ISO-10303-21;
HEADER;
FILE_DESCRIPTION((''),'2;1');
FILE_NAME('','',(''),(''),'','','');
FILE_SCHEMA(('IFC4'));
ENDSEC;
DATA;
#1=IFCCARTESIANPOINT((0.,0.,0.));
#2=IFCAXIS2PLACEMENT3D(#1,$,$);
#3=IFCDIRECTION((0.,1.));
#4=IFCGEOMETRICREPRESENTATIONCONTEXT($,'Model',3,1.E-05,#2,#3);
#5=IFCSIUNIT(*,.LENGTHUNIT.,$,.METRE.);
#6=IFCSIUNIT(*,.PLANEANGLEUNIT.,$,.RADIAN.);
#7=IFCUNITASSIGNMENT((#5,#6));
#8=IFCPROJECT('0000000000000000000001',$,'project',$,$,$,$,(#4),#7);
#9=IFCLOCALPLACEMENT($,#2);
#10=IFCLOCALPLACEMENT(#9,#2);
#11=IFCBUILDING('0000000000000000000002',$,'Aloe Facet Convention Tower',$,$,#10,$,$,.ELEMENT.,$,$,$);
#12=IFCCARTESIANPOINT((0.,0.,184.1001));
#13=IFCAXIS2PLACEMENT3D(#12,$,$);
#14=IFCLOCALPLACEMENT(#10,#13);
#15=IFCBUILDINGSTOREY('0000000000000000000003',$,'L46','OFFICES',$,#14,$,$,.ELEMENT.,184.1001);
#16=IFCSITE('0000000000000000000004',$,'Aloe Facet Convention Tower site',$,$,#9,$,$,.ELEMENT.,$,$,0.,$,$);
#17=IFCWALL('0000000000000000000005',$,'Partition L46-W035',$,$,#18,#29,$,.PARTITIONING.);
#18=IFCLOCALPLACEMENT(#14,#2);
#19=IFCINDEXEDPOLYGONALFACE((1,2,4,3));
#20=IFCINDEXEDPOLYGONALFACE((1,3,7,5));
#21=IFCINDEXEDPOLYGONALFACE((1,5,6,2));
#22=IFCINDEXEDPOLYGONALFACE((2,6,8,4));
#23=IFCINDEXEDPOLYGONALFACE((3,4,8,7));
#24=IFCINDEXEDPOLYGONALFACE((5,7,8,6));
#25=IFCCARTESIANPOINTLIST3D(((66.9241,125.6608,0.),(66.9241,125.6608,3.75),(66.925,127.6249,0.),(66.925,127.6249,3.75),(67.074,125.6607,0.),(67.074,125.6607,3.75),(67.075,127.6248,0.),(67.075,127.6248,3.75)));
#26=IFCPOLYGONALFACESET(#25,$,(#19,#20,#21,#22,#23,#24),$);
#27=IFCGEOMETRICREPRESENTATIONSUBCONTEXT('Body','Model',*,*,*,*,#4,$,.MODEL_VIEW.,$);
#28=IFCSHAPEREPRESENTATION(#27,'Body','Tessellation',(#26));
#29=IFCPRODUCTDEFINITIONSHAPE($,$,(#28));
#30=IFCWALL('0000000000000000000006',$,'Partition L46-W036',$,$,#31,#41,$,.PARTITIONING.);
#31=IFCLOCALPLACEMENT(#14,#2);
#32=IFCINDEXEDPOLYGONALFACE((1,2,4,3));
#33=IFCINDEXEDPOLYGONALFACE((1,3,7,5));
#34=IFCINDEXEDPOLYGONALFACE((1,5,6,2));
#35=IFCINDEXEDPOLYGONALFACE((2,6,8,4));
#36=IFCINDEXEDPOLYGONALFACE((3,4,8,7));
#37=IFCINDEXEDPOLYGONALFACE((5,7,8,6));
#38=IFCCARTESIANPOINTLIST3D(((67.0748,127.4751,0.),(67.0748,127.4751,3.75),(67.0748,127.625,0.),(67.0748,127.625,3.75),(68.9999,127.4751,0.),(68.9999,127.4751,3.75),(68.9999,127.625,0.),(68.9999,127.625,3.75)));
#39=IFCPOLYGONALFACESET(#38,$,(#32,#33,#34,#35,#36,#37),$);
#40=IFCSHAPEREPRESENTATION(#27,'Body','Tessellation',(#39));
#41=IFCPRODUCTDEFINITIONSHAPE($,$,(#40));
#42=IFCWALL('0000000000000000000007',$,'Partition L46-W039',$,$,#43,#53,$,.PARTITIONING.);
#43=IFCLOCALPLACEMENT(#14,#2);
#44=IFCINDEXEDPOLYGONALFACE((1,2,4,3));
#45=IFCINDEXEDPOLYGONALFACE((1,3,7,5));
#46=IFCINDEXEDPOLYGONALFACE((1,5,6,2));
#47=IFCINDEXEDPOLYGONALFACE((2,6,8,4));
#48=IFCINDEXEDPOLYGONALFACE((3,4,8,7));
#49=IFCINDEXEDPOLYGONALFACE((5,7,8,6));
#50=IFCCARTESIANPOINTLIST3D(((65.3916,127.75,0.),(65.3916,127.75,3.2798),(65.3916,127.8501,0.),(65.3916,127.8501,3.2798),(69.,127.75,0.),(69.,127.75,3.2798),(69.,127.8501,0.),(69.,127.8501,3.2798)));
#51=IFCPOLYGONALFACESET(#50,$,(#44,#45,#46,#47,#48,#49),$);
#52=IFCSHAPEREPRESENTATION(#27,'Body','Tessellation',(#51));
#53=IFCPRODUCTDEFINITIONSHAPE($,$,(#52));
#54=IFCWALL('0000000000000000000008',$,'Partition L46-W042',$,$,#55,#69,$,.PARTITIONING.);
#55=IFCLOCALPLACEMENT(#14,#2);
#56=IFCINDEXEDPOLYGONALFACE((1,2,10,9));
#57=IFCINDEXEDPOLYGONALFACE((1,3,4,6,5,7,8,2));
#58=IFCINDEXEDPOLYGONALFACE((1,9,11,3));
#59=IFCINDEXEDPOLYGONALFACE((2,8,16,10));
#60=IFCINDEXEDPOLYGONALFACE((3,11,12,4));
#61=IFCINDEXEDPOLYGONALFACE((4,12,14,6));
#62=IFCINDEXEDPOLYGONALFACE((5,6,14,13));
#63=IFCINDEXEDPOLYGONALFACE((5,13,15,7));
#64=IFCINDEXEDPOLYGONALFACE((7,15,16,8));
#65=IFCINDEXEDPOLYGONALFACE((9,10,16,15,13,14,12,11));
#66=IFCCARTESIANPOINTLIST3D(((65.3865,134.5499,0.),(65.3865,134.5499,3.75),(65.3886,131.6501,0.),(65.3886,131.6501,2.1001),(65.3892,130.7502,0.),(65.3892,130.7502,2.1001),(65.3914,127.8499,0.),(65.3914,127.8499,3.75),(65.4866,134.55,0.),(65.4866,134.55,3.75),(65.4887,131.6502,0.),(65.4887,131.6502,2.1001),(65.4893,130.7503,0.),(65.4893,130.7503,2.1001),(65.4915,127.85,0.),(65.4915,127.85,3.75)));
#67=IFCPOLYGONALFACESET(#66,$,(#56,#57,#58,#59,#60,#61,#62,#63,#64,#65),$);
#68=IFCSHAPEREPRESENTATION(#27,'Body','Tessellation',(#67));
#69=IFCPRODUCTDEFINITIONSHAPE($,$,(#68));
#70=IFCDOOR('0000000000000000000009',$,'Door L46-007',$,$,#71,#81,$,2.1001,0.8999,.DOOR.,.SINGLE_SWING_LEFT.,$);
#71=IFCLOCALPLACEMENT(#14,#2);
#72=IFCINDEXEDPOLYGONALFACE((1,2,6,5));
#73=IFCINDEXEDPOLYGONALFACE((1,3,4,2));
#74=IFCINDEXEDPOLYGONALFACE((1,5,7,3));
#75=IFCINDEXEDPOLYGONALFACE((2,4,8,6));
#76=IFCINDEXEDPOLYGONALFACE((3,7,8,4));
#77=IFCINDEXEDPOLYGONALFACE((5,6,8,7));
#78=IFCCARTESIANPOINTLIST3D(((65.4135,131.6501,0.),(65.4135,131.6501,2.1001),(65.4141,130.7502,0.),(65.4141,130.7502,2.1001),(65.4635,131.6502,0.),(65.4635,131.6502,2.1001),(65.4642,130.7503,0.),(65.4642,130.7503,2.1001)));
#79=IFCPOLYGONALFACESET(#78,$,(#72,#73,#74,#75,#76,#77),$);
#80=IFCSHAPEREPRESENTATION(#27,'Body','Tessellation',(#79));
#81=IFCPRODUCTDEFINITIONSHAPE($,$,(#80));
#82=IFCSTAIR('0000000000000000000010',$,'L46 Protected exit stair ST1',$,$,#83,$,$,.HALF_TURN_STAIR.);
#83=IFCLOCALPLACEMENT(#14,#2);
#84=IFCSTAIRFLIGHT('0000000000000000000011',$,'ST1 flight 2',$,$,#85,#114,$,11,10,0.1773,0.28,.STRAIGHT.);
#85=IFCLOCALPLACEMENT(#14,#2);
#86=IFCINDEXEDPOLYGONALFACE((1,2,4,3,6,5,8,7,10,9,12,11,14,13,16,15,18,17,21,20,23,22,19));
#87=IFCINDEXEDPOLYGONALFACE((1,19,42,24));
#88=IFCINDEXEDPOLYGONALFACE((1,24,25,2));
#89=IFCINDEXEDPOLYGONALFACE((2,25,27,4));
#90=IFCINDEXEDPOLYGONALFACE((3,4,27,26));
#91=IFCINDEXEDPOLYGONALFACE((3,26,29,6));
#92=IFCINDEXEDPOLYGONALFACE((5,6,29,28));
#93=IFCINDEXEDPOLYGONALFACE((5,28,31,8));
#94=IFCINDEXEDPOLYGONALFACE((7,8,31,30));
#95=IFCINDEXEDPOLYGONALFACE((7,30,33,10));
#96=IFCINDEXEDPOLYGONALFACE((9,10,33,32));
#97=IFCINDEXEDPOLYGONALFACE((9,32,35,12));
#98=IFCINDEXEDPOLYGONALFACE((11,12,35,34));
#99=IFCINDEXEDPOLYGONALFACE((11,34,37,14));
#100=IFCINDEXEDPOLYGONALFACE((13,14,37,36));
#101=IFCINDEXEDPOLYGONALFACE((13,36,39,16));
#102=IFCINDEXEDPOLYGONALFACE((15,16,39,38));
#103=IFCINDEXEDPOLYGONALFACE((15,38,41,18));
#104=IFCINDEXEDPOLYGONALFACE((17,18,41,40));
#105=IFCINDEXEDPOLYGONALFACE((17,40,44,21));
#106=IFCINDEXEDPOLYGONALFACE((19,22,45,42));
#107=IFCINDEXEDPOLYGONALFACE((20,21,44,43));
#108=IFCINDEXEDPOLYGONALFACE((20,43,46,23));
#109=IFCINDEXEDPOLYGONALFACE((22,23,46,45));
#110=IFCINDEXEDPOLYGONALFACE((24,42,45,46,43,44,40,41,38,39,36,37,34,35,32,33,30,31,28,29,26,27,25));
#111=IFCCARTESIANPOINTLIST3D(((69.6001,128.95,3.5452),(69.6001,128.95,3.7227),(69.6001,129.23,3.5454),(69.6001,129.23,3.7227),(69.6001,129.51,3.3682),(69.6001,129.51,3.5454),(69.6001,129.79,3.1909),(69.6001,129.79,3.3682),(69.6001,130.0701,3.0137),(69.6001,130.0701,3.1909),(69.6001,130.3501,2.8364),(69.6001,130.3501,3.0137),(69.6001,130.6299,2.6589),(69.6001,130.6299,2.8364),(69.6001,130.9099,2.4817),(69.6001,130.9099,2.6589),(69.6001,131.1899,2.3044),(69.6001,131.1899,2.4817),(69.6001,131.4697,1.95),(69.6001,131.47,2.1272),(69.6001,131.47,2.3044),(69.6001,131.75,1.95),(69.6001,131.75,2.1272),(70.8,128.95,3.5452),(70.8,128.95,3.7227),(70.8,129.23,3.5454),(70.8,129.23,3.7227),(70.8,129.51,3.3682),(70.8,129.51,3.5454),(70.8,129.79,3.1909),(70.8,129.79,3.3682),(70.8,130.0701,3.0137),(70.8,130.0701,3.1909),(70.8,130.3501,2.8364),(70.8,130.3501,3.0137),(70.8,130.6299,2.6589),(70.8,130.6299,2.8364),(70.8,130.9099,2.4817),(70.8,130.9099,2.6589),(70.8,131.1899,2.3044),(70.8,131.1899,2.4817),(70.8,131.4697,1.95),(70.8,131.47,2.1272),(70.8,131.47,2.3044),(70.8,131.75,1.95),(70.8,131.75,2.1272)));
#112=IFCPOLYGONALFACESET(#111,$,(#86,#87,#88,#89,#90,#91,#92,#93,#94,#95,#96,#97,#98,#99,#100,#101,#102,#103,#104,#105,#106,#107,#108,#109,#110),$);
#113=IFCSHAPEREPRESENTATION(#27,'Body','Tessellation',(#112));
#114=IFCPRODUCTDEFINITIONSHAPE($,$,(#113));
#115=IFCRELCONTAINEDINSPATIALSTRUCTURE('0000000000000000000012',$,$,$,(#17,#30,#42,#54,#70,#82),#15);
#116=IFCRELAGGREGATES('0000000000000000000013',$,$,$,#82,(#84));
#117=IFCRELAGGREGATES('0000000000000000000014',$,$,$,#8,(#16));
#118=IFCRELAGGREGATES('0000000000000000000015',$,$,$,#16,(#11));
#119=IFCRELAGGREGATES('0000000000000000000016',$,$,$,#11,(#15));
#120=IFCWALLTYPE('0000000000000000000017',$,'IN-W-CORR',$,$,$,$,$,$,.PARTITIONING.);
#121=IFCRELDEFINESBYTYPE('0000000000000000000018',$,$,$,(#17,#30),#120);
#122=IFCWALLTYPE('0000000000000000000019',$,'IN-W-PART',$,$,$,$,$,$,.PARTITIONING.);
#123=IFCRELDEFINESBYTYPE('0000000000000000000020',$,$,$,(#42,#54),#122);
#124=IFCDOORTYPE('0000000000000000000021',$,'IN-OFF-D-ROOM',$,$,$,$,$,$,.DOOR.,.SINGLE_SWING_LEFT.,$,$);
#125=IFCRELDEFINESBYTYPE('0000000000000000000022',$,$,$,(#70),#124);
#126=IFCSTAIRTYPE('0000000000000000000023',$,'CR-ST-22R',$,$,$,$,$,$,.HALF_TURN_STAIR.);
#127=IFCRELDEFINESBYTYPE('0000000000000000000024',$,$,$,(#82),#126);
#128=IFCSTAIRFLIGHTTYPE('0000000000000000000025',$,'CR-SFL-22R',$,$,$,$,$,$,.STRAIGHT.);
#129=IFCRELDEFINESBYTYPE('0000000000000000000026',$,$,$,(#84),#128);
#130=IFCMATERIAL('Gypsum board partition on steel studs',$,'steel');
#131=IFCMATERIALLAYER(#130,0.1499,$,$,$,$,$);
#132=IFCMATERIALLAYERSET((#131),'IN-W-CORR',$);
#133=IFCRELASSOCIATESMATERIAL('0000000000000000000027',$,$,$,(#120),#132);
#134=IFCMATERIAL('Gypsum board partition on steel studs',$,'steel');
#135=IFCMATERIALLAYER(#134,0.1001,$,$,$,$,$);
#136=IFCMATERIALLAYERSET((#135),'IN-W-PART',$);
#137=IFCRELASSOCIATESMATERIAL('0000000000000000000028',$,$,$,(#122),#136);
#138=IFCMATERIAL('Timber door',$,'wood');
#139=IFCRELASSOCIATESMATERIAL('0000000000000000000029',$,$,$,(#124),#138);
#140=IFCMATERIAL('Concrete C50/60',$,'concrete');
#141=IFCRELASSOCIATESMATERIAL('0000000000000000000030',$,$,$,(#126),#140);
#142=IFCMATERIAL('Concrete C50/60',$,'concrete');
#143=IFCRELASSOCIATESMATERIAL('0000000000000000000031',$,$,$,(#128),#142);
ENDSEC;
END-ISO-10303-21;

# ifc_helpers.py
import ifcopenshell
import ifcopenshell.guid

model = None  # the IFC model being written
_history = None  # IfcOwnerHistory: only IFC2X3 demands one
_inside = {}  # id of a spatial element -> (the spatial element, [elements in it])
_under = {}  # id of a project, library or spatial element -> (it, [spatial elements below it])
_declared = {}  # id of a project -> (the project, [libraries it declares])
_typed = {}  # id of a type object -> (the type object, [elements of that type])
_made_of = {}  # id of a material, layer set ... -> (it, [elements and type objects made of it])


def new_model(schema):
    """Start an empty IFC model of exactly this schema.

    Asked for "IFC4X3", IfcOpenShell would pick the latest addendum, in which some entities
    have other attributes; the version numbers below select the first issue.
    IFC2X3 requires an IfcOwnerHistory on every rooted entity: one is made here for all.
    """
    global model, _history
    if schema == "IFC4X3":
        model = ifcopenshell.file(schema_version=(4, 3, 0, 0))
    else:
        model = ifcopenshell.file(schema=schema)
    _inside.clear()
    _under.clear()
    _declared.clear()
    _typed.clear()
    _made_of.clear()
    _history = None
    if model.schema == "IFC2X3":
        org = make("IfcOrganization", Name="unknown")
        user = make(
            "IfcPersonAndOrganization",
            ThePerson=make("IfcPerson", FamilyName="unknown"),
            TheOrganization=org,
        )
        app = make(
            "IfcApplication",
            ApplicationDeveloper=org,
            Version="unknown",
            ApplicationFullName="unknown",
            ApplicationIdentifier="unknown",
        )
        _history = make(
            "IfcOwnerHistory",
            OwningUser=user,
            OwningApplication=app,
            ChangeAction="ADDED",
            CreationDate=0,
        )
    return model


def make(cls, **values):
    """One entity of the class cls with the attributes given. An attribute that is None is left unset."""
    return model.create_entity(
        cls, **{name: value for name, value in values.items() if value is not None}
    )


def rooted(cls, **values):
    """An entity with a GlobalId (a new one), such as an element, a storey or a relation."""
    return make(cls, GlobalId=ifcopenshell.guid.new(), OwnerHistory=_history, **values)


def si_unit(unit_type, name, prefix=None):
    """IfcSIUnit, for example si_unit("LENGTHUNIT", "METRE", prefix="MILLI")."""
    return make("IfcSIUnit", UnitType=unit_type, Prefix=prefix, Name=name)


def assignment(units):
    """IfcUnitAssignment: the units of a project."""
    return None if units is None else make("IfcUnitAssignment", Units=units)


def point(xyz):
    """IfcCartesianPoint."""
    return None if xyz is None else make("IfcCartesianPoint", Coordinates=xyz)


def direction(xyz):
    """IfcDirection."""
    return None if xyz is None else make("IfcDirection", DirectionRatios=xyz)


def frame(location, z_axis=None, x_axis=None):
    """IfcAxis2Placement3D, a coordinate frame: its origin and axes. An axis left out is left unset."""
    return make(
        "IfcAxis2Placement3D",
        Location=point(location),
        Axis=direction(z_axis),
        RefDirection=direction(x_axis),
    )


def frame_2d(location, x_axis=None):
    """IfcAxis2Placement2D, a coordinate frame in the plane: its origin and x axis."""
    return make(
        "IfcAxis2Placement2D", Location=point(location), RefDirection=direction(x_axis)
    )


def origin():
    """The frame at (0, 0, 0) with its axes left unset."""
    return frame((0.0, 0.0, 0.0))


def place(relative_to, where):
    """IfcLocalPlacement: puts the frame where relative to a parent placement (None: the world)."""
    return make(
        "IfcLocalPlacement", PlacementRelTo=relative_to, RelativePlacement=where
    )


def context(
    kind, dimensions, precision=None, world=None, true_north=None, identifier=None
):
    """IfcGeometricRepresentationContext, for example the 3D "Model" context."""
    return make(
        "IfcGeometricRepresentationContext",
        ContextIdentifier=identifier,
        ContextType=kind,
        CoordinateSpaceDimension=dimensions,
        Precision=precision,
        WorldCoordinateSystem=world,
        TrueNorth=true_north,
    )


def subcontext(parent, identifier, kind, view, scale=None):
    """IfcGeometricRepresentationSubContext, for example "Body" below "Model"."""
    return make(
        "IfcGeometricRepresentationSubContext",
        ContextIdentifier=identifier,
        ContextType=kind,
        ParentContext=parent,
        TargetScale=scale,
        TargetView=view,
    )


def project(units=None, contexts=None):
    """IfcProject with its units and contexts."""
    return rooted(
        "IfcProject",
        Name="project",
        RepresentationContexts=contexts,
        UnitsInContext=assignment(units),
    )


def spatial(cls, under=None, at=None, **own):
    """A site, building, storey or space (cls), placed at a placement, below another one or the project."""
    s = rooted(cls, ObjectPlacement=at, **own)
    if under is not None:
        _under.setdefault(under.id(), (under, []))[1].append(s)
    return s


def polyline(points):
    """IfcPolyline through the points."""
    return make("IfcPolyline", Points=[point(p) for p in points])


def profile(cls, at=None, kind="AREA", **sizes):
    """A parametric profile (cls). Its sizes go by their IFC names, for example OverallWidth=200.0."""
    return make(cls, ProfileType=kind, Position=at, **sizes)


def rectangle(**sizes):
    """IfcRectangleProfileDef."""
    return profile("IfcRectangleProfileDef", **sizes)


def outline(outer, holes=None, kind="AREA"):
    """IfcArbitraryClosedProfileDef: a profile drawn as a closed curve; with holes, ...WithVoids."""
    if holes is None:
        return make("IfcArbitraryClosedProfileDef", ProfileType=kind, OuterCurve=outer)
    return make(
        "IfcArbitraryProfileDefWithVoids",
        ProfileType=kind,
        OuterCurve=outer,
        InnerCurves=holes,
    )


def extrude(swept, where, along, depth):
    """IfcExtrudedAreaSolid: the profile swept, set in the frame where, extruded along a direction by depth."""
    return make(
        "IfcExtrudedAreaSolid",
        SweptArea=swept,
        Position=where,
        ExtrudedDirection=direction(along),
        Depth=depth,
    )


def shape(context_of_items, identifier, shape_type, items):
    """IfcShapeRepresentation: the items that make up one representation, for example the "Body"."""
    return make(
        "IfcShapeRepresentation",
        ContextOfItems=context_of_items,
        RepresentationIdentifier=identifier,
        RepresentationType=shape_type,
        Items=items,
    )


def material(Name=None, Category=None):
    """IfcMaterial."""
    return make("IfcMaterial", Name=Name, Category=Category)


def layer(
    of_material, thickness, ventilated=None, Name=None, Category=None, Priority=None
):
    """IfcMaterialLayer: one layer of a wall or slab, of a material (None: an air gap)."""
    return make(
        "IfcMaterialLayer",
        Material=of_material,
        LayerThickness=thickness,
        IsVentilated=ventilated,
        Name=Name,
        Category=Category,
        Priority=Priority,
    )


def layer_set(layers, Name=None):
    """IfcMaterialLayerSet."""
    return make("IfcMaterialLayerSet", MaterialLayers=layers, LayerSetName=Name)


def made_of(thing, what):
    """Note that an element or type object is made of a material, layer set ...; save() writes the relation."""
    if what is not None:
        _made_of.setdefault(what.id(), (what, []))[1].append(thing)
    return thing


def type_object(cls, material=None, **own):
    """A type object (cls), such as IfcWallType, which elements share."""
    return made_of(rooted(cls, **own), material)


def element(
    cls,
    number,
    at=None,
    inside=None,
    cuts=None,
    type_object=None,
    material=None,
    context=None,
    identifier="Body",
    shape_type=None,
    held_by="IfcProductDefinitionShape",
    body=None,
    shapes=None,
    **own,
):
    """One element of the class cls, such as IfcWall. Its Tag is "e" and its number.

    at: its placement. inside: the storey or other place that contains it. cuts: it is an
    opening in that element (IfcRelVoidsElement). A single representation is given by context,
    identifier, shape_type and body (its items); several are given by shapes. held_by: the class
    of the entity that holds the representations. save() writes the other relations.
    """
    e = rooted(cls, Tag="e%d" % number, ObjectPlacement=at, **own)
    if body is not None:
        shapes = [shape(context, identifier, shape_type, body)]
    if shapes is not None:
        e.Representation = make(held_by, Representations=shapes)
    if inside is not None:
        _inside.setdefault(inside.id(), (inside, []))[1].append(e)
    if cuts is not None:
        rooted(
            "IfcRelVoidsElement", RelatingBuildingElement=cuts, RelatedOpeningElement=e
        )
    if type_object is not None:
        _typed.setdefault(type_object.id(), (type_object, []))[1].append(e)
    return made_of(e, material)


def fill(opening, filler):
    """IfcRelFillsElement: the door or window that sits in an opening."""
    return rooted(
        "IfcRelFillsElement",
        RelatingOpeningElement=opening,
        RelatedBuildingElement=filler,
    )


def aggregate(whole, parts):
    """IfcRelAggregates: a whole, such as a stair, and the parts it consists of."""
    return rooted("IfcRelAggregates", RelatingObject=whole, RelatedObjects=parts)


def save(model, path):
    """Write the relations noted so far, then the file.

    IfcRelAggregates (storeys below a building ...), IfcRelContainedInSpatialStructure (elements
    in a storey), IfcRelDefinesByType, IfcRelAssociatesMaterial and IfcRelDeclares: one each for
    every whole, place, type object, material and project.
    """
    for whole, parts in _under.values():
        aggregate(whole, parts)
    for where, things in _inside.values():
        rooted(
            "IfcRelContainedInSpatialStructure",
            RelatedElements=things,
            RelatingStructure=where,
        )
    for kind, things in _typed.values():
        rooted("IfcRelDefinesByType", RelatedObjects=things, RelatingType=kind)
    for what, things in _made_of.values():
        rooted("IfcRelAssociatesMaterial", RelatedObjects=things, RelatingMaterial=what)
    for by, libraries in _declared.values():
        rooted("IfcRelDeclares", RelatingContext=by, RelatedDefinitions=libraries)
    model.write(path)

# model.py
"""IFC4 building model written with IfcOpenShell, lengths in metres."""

from ifc_helpers import new_model, si_unit, direction, frame, frame_2d, origin, place, context, subcontext, project, spatial, polyline, rectangle, outline, extrude, material, layer, layer_set, type_object, element, fill, aggregate, save


model = new_model("IFC4")

# Units and contexts
model_context = context("Model", 3, precision=1e-05, world=origin(), true_north=direction((0.0, 1.0)))
body_context = subcontext(model_context, "Body", "Model", "MODEL_VIEW")
ifc_project = project(units=[si_unit("LENGTHUNIT", "METRE"), si_unit("PLANEANGLEUNIT", "RADIAN")], contexts=[model_context])

# Site, building, storey
site_placement = place(None, origin())
site = spatial("IfcSite", under=ifc_project, at=site_placement, Name="Aloe Facet Convention Tower site", CompositionType="ELEMENT", RefElevation=0.0)
building_placement = place(site_placement, origin())
building = spatial("IfcBuilding", under=site, at=building_placement, Name="Aloe Facet Convention Tower", CompositionType="ELEMENT")
storey_placement = place(building_placement, frame((0.0, 0.0, 184.1001)))
storey = spatial("IfcBuildingStorey", under=building, at=storey_placement, Name="L46", Description="OFFICES", CompositionType="ELEMENT", Elevation=184.1001)

# Walls
ifc_material_1 = material(Name="Gypsum board partition on steel studs", Category="steel")
ifc_layer_1 = layer(ifc_material_1, 0.1499)
ifc_layer_set_1 = layer_set([ifc_layer_1], Name="IN-W-CORR")
wall_type_1 = type_object("IfcWallType", Name="IN-W-CORR", PredefinedType="PARTITIONING", material=ifc_layer_set_1)
wall_1_placement = place(storey_placement, frame((66.999, 125.6609, 0.0), z_axis=(0.0, 0.0, 1.0), x_axis=(0.000497, 1.0, 0.0)))
element("IfcWall", 1, at=wall_1_placement, inside=storey, type_object=wall_type_1, Name="Partition L46-W035", PredefinedType="PARTITIONING", context=body_context, shape_type="SweptSolid", body=[
    extrude(rectangle(XDim=1.9641, YDim=0.1499, at=frame_2d((0.9819, 0.0))), origin(), (0.0, 0.0, 1.0), 3.75),
])
wall_2_placement = place(storey_placement, frame((67.075, 127.55, 0.0), z_axis=(0.0, 0.0, 1.0), x_axis=(1.0, 0.0, 0.0)))
element("IfcWall", 2, at=wall_2_placement, inside=storey, type_object=wall_type_1, Name="Partition L46-W036", PredefinedType="PARTITIONING", context=body_context, shape_type="SweptSolid", body=[
    extrude(rectangle(XDim=1.925, YDim=0.1499, at=frame_2d((0.9624, 0.0))), origin(), (0.0, 0.0, 1.0), 3.75),
])
ifc_material_2 = material(Name="Gypsum board partition on steel studs", Category="steel")
ifc_layer_2 = layer(ifc_material_2, 0.1001)
ifc_layer_set_2 = layer_set([ifc_layer_2], Name="IN-W-PART")
wall_type_2 = type_object("IfcWallType", Name="IN-W-PART", PredefinedType="PARTITIONING", material=ifc_layer_set_2)
wall_3_placement = place(storey_placement, frame((65.3916, 127.8, 0.0), z_axis=(0.0, 0.0, 1.0), x_axis=(1.0, 0.0, 0.0)))
element("IfcWall", 3, at=wall_3_placement, inside=storey, type_object=wall_type_2, Name="Partition L46-W039", PredefinedType="PARTITIONING", context=body_context, shape_type="SweptSolid", body=[
    extrude(rectangle(XDim=3.6084, YDim=0.1001, at=frame_2d((1.8042, 0.0))), origin(), (0.0, 0.0, 1.0), 3.2798),
])

# Wall, opening, door
wall_4_placement = place(storey_placement, frame((65.4365, 134.55, 0.0), z_axis=(0.0, 0.0, 1.0), x_axis=(0.000729, -1.0, 0.0)))
wall_4 = element("IfcWall", 4, at=wall_4_placement, inside=storey, type_object=wall_type_2, Name="Partition L46-W042", PredefinedType="PARTITIONING", context=body_context, shape_type="SweptSolid", body=[
    extrude(rectangle(XDim=6.7, YDim=0.1001, at=frame_2d((3.3501, 0.0))), origin(), (0.0, 0.0, 1.0), 3.75),
])
opening_1_placement = place(wall_4_placement, frame((2.8999, 0.0, 0.0)))
opening_1 = element("IfcOpeningElement", 5, at=opening_1_placement, cuts=wall_4, PredefinedType="OPENING", context=body_context, shape_type="SweptSolid", body=[
    extrude(rectangle(XDim=0.8999, YDim=2.1001, at=frame_2d((0.45, 1.05))), frame((0.0, 0.0601, 0.0), z_axis=(0.0, -1.0, 0.0), x_axis=(1.0, 0.0, 0.0)), (0.0, 0.0, 1.0), 0.1201),
])
ifc_material_3 = material(Name="Timber door", Category="wood")
door_type = type_object("IfcDoorType", Name="IN-OFF-D-ROOM", OperationType="SINGLE_SWING_LEFT", PredefinedType="DOOR", material=ifc_material_3)
door_placement = place(opening_1_placement, origin())
door = element("IfcDoor", 6, at=door_placement, inside=storey, type_object=door_type, Name="Door L46-007", OperationType="SINGLE_SWING_LEFT", OverallHeight=2.1001, OverallWidth=0.8999, PredefinedType="DOOR", context=body_context, shape_type="SweptSolid", body=[
    extrude(rectangle(XDim=0.8999, YDim=2.1001, at=frame_2d((0.45, 1.05))), frame((0.0, 0.0249, 0.0), z_axis=(0.0, -1.0, 0.0), x_axis=(1.0, 0.0, 0.0)), (0.0, 0.0, 1.0), 0.05),
])
fill(opening_1, door)

# Stair, stair flight
ifc_material_4 = material(Name="Concrete C50/60", Category="concrete")
stair_type = type_object("IfcStairType", Name="CR-ST-22R", PredefinedType="HALF_TURN_STAIR", material=ifc_material_4)
stair_placement = place(storey_placement, origin())
stair = element("IfcStair", 7, at=stair_placement, inside=storey, type_object=stair_type, Name="L46 Protected exit stair ST1", PredefinedType="HALF_TURN_STAIR")
ifc_material_5 = material(Name="Concrete C50/60", Category="concrete")
stair_flight_type = type_object("IfcStairFlightType", Name="CR-SFL-22R", PredefinedType="STRAIGHT", material=ifc_material_5)
stair_flight_placement = place(storey_placement, frame((70.2, 131.75, 1.95), z_axis=(0.0, 0.0, 1.0), x_axis=(0.0, -1.0, 0.0)))
stair_flight = element("IfcStairFlight", 8, at=stair_flight_placement, type_object=stair_flight_type, Name="ST1 flight 2", NumberOfRisers=11, NumberOfTreads=10, PredefinedType="STRAIGHT", RiserHeight=0.1773, TreadLength=0.28, context=body_context, shape_type="SweptSolid", body=[
    extrude(outline(polyline([(0.0, 0.0), (0.0, 0.1772), (0.28, 0.1772), (0.28, 0.3545), (0.5601, 0.3545), (0.5601, 0.5317), (0.8401, 0.5317), (0.8401, 0.709), (1.1201, 0.709), (1.1201, 0.8865), (1.3999, 0.8865), (1.3999, 1.0637), (1.6799, 1.0637), (1.6799, 1.241), (1.96, 1.241), (1.96, 1.4182), (2.24, 1.4182), (2.24, 1.5955), (2.52, 1.5955), (2.52, 1.7727), (2.8, 1.7727), (2.8, 1.95), (2.8, 1.5952), (0.2803, 0.0), (0.0, 0.0)])), frame((0.0, 0.6001, 0.0), z_axis=(0.0, -1.0, 0.0), x_axis=(1.0, 0.0, 0.0)), (0.0, 0.0, 1.0), 1.2),
])
aggregate(stair, [stair_flight])

save(model, "model.ifc")
